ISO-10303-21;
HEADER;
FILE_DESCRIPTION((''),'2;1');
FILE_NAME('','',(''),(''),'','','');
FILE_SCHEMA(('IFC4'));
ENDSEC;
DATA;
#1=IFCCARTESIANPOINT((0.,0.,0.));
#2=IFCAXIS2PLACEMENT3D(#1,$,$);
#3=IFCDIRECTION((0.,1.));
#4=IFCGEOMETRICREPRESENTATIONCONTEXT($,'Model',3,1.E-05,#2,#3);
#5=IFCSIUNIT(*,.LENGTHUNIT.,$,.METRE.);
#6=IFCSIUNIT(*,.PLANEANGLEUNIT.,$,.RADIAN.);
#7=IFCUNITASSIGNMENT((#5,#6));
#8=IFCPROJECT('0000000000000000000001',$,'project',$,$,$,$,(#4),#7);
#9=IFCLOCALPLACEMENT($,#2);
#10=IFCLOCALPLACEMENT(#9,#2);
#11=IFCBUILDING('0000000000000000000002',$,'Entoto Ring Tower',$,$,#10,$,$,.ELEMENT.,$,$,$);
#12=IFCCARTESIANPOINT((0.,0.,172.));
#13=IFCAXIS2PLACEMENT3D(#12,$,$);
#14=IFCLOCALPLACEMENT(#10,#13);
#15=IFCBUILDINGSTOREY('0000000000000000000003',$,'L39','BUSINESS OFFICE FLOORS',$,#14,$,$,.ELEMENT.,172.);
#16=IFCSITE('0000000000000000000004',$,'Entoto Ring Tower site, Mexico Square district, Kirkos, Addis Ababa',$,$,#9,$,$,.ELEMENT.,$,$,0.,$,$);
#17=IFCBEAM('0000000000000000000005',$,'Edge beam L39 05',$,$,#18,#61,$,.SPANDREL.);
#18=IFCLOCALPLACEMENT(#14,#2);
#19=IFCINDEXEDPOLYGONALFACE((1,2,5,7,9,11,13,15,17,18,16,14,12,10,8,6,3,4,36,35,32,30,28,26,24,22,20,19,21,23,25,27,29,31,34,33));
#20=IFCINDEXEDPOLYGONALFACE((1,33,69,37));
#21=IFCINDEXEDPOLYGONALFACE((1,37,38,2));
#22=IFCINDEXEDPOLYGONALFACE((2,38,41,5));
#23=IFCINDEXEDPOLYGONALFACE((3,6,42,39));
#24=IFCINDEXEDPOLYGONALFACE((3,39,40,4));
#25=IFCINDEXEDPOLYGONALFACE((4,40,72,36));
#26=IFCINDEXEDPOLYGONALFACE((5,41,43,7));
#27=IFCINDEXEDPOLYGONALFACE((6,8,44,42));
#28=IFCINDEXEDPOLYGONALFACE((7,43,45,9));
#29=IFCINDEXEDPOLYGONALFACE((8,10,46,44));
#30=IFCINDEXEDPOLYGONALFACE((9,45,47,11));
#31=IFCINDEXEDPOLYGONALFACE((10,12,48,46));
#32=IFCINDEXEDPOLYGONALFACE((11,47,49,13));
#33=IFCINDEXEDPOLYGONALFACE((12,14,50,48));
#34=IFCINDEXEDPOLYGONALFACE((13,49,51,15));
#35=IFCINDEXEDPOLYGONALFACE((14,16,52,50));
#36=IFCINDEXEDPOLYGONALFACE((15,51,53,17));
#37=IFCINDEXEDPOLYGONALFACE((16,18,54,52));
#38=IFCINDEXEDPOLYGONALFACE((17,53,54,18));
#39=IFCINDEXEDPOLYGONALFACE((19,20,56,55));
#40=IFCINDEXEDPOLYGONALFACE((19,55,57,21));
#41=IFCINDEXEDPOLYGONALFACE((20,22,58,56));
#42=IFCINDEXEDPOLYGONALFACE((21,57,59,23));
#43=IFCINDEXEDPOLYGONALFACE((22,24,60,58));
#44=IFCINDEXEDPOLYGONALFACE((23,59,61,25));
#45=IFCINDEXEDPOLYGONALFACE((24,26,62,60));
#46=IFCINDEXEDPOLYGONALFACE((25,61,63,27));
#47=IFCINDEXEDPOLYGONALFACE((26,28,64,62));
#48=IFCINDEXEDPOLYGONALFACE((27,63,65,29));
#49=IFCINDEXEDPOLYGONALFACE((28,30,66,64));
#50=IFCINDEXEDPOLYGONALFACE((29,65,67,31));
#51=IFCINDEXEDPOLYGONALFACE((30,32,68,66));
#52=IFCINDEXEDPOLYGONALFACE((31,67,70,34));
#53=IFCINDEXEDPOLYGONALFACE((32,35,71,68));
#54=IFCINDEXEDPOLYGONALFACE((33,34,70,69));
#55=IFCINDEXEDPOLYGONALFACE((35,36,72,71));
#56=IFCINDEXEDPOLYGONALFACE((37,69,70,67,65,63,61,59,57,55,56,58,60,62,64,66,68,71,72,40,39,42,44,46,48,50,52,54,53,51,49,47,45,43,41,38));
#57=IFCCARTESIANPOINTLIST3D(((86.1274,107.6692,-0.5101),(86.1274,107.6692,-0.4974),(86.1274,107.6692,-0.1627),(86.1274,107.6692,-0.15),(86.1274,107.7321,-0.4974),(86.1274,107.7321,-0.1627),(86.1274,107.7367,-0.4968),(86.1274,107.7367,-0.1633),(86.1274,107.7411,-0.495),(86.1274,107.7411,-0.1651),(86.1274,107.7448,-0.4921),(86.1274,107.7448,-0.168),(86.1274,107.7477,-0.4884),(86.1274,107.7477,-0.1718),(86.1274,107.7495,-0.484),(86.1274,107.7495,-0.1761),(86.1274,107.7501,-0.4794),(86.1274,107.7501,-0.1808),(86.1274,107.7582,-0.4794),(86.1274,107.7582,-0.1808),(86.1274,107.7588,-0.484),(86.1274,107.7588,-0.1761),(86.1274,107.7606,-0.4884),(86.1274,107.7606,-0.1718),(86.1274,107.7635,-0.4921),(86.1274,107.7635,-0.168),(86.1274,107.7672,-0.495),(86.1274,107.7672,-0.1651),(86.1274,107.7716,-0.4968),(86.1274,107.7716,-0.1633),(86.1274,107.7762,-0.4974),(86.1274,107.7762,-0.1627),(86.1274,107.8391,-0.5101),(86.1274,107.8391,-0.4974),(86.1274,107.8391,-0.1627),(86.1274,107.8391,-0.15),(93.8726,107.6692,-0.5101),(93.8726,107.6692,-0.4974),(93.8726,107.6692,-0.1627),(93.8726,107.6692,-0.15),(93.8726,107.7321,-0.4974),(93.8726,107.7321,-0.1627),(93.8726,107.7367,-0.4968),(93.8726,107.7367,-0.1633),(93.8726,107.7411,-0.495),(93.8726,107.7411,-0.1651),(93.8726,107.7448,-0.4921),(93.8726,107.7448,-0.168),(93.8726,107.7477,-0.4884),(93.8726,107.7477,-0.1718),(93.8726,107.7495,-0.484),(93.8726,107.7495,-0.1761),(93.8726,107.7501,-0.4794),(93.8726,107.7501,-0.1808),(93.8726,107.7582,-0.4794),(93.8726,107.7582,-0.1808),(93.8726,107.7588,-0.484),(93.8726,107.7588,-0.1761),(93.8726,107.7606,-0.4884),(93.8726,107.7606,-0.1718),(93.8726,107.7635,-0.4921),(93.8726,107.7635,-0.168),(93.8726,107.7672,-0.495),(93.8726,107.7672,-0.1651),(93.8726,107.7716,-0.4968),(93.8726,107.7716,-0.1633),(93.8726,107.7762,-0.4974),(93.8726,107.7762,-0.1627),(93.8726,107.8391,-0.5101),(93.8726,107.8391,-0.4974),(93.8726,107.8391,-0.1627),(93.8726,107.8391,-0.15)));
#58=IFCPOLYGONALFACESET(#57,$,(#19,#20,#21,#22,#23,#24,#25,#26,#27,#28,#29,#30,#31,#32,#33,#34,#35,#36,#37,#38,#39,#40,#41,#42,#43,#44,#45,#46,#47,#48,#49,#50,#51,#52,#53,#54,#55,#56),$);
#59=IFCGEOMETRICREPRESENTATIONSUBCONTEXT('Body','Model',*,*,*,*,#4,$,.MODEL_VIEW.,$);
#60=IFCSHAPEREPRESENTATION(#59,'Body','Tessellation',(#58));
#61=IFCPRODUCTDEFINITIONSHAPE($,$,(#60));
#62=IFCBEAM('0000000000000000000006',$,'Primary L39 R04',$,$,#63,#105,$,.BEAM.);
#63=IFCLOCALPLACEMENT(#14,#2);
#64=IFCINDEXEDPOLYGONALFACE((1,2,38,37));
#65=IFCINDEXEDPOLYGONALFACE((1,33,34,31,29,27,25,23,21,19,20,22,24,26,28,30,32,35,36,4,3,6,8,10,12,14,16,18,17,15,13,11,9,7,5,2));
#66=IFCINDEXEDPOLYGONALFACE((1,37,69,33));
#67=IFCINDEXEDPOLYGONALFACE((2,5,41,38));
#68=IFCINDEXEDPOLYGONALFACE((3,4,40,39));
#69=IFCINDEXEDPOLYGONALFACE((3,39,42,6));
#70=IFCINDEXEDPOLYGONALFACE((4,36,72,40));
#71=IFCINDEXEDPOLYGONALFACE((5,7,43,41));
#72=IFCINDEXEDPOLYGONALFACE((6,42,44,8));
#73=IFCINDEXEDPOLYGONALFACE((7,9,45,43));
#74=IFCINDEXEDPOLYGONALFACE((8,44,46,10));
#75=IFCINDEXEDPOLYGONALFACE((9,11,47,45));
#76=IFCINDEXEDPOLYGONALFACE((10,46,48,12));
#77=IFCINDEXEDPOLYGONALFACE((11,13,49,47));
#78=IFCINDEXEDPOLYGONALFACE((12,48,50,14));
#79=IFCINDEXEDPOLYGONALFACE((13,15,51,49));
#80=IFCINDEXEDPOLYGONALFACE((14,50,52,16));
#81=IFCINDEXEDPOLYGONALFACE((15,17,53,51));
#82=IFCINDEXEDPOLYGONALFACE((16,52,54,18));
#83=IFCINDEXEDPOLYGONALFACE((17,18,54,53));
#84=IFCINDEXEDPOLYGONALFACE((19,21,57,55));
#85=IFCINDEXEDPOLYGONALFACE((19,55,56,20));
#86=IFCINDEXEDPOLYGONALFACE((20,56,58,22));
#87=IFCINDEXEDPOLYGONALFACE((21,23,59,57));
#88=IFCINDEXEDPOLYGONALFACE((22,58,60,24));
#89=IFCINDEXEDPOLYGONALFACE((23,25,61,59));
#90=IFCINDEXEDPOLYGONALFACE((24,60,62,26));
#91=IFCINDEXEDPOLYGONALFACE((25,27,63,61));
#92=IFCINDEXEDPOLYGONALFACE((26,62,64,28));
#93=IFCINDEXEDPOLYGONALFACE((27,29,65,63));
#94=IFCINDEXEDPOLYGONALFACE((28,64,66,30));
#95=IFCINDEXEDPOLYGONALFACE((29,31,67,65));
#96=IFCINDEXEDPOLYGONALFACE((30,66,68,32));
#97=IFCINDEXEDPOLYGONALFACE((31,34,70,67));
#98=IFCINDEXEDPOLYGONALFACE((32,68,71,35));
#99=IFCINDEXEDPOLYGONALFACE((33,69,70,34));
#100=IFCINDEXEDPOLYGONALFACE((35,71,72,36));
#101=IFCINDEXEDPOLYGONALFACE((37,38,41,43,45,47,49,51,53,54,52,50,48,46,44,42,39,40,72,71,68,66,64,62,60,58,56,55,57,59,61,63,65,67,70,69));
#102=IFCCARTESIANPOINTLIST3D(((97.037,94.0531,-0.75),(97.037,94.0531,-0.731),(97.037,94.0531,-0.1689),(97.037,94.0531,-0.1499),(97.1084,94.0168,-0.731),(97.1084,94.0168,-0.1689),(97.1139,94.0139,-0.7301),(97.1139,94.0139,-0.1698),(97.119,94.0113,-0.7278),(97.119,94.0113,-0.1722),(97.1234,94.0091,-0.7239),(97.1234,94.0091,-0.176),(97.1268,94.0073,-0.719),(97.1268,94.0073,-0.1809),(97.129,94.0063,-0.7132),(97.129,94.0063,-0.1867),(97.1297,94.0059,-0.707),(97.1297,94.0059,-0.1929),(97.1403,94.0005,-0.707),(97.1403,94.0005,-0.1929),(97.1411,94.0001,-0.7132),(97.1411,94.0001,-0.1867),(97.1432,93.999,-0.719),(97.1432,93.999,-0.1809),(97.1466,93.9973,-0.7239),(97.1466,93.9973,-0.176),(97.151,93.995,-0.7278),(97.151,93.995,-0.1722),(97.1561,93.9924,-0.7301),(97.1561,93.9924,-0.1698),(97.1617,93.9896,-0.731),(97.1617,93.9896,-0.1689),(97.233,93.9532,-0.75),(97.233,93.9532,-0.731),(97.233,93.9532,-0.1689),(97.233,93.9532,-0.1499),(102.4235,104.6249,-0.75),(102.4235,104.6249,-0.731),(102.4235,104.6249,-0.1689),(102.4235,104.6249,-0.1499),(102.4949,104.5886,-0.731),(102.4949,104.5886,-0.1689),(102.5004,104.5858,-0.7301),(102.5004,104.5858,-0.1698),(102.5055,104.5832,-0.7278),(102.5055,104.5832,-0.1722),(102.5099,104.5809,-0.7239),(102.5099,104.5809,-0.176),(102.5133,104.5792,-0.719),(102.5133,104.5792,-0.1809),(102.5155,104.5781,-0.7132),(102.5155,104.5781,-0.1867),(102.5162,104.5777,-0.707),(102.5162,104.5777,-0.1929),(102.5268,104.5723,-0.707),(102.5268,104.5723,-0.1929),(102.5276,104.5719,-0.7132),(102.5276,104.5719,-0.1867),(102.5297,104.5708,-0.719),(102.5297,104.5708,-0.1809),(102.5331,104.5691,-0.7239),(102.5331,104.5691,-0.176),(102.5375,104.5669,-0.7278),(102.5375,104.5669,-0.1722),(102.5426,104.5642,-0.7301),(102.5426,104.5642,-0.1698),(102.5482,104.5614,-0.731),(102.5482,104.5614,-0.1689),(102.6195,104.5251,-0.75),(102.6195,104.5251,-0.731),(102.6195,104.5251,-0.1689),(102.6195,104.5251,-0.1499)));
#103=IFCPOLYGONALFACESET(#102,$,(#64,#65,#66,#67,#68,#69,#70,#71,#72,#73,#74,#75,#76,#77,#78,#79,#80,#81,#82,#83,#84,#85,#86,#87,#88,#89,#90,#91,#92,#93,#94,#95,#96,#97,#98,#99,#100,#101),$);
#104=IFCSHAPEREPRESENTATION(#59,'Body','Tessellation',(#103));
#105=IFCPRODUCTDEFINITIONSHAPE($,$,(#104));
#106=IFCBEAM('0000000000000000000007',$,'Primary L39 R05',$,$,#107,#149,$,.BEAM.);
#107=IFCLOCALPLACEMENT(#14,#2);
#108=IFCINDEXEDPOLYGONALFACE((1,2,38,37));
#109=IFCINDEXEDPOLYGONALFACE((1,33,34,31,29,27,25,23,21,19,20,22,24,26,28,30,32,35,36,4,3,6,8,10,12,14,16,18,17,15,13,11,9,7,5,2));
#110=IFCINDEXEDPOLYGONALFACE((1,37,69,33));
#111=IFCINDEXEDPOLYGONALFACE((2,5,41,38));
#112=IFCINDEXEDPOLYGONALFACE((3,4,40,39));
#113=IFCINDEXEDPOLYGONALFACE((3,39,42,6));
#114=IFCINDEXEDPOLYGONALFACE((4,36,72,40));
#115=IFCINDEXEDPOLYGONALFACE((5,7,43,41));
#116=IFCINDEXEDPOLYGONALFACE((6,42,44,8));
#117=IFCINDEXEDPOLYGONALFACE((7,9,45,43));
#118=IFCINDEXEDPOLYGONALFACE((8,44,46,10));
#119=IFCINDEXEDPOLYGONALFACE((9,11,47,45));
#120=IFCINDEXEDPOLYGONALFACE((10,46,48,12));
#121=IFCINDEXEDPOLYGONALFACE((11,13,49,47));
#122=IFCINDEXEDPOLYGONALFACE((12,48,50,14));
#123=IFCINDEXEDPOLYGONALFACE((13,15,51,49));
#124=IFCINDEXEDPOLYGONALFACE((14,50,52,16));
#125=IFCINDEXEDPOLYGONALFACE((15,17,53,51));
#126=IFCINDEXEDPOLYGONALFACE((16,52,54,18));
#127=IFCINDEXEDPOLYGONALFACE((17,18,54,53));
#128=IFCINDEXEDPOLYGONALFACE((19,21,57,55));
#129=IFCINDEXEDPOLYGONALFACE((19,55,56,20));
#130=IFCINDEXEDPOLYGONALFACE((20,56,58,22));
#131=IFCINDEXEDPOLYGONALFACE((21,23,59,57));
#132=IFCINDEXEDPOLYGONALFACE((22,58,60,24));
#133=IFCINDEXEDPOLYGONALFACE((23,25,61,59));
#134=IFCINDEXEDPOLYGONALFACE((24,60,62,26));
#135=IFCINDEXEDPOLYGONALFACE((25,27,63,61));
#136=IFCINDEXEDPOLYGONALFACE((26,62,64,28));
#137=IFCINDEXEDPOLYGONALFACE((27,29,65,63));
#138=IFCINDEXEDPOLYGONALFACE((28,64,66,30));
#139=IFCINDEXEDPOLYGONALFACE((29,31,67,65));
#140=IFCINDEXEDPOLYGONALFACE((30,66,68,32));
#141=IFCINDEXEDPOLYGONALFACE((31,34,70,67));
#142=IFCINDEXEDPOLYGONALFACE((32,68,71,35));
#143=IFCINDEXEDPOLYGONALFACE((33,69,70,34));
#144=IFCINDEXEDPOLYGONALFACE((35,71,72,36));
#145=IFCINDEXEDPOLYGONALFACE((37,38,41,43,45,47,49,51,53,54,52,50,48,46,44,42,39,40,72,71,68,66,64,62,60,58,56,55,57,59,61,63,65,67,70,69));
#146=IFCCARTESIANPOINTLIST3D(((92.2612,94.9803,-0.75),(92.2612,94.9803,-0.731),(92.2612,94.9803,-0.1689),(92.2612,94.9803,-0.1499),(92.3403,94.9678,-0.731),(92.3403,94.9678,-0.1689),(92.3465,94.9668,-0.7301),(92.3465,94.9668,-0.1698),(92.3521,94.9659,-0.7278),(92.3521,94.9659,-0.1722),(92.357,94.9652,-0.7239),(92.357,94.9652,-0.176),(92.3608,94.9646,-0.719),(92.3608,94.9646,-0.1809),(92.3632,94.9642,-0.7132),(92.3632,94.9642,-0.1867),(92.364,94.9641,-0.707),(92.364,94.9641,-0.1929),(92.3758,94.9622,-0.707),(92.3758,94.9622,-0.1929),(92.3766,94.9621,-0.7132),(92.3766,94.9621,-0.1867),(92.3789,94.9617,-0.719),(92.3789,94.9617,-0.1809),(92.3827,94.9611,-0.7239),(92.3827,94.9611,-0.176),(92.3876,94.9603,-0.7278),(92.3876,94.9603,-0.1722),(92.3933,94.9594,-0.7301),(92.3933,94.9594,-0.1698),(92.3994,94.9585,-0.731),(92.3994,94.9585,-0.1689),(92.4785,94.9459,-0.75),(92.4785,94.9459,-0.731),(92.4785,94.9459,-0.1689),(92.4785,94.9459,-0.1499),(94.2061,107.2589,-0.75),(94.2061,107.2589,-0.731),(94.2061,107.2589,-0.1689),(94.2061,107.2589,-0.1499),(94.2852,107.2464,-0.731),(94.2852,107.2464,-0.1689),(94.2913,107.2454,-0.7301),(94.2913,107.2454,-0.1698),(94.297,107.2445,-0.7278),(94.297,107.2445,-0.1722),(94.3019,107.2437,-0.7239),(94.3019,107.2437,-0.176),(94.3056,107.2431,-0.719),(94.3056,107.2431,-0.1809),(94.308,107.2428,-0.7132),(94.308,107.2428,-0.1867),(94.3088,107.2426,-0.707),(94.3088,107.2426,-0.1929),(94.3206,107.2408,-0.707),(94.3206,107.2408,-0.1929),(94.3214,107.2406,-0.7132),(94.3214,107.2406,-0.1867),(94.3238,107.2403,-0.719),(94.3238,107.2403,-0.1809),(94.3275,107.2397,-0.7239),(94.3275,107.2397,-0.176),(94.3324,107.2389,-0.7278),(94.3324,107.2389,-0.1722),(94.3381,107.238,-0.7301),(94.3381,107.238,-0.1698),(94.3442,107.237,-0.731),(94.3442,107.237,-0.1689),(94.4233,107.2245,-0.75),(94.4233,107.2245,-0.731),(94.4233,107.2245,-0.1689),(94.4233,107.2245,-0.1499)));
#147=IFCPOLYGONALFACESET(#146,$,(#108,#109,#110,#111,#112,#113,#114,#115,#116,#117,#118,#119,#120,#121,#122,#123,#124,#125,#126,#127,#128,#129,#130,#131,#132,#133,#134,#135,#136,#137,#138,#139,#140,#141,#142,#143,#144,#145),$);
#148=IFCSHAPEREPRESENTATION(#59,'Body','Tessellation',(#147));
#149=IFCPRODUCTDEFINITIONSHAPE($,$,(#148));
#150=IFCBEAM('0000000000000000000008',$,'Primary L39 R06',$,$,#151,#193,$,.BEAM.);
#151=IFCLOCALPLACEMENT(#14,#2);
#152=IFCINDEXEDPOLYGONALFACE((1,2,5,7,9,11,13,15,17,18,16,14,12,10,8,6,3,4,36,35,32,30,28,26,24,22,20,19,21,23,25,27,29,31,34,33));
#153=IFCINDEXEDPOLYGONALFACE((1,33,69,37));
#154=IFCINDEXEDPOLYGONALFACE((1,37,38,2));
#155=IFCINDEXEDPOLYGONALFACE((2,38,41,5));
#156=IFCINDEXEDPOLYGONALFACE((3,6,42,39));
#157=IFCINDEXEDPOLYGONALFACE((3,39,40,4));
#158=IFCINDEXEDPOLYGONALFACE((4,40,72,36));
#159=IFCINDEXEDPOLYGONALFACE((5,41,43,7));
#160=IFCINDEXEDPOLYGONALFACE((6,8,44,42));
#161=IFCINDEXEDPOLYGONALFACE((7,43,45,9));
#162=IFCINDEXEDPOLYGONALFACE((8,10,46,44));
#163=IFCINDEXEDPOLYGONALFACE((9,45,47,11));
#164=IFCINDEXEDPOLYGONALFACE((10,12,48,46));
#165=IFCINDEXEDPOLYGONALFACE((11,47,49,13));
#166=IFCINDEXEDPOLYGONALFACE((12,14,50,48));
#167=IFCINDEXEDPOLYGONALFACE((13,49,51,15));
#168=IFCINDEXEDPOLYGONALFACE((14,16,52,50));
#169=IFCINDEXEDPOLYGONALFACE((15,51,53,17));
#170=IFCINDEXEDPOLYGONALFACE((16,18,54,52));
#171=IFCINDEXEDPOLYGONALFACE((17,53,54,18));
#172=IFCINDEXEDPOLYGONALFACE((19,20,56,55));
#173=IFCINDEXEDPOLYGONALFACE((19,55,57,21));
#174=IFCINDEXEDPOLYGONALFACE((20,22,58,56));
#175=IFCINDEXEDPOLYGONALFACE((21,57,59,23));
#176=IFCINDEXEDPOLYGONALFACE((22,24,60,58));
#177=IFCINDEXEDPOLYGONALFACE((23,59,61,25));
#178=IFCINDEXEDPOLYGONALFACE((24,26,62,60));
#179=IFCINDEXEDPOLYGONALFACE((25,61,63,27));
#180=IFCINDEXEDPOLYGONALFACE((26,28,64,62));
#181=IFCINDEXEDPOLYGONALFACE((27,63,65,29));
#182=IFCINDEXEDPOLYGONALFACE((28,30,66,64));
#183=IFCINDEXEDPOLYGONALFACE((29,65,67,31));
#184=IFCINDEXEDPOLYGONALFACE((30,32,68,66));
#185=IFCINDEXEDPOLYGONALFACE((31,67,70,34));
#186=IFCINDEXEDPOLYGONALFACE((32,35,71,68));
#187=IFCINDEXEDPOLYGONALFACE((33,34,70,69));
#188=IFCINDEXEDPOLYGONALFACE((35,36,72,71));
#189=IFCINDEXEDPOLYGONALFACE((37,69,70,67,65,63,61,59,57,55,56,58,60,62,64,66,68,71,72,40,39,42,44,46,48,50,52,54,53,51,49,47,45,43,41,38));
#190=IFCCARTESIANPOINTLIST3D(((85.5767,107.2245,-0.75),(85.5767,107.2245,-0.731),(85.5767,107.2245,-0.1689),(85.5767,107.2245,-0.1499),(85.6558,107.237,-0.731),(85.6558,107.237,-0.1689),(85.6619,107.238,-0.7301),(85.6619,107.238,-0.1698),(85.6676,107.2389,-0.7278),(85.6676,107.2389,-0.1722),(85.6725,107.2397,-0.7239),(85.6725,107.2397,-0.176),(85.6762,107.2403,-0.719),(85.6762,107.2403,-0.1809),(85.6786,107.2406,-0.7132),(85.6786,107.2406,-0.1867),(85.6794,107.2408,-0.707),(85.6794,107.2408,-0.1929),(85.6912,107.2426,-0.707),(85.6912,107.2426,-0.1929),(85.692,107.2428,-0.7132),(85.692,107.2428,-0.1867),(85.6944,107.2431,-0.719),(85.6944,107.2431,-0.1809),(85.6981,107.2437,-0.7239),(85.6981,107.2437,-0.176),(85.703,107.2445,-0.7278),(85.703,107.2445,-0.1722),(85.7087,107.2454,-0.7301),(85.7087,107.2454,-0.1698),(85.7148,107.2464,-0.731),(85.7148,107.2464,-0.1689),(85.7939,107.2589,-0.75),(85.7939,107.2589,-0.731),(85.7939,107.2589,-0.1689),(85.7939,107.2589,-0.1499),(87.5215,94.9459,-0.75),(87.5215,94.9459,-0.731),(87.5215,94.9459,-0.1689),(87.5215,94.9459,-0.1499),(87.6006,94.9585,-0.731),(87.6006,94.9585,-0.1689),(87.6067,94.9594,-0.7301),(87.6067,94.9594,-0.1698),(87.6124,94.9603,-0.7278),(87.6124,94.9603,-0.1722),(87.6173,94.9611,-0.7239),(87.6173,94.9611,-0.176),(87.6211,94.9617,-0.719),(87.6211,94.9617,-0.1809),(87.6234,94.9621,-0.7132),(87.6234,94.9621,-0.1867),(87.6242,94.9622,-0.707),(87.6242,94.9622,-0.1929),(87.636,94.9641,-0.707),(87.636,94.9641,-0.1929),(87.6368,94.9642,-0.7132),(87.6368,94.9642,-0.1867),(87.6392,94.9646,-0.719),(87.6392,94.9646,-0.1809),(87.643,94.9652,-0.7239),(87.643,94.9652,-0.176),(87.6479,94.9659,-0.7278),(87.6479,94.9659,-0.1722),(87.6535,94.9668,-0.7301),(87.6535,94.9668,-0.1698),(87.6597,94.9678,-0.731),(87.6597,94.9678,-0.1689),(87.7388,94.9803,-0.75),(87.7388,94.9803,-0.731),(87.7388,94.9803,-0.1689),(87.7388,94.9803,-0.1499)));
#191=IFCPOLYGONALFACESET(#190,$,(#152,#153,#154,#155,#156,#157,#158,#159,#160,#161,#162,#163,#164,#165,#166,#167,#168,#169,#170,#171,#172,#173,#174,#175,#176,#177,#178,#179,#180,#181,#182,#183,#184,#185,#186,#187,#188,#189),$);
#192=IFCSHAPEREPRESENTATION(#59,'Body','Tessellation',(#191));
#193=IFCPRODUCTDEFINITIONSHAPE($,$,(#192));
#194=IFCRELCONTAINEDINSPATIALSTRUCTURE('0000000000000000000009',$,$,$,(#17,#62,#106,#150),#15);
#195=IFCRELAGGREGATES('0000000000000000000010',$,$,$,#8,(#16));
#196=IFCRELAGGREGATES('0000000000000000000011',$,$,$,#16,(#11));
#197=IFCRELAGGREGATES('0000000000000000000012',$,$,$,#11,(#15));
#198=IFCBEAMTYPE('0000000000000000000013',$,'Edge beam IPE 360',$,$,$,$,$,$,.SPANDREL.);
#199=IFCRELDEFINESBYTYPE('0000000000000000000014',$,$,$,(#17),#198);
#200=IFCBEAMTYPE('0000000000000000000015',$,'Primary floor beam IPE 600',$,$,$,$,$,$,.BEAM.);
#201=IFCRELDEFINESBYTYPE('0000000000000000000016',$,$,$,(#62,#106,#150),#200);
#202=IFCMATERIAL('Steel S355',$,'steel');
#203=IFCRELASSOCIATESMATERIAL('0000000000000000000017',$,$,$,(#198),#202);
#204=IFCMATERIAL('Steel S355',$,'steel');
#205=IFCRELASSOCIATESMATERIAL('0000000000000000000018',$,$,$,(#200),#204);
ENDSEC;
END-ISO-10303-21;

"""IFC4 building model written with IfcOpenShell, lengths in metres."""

from ifc_helpers import new_model, si_unit, direction, frame, origin, origin_2d, place, context, subcontext, project, spatial, i_section, extrude, material, material_profile, profile_set, type_object, element, save


model = new_model("IFC4")

# Units and contexts
model_context = context("Model", 3, precision=1e-05, world=origin(), true_north=direction((0.0, 1.0)))
body_context = subcontext(model_context, "Body", "Model", "MODEL_VIEW")
ifc_project = project(units=[si_unit("LENGTHUNIT", "METRE"), si_unit("PLANEANGLEUNIT", "RADIAN")], contexts=[model_context])

# Site, building, storey
site_placement = place(None, origin())
site = spatial("IfcSite", under=ifc_project, at=site_placement, Name="Entoto Ring Tower site, Mexico Square district, Kirkos, Addis Ababa", CompositionType="ELEMENT", RefElevation=0.0)
building_placement = place(site_placement, origin())
building = spatial("IfcBuilding", under=site, at=building_placement, Name="Entoto Ring Tower", CompositionType="ELEMENT")
storey_placement = place(building_placement, frame((0.0, 0.0, 172.0)))
storey = spatial("IfcBuildingStorey", under=building, at=storey_placement, Name="L39", Description="BUSINESS OFFICE FLOORS", CompositionType="ELEMENT", Elevation=172.0)

# Beams
ifc_material_1 = material(Name="Steel S355", Category="steel")
ifc_material_profile_1 = material_profile(ifc_material_1, i_section(OverallWidth=0.1699, OverallDepth=0.3601, WebThickness=0.0081, FlangeThickness=0.0127, FilletRadius=0.0181, at=origin_2d()), Name="IPE 360")
ifc_profile_set_1 = profile_set([ifc_material_profile_1], Name="Steel S355")
beam_type_1 = type_object("IfcBeamType", Name="Edge beam IPE 360", PredefinedType="SPANDREL", material=ifc_profile_set_1)
beam_1_placement = place(storey_placement, frame((93.8726, 107.7542, -0.3301), z_axis=(-1.0, 0.0, 0.0), x_axis=(0.0, -1.0, 0.0)))
element("IfcBeam", 1, at=beam_1_placement, inside=storey, type_object=beam_type_1, Name="Edge beam L39 05", PredefinedType="SPANDREL", context=body_context, shape_type="SweptSolid", body=[
    extrude(i_section(OverallWidth=0.1699, OverallDepth=0.3601, WebThickness=0.0081, FlangeThickness=0.0127, FilletRadius=0.0181, at=origin_2d()), origin(), (0.0, 0.0, 1.0), 7.7451),
])
ifc_material_2 = material(Name="Steel S355", Category="steel")
ifc_material_profile_2 = material_profile(ifc_material_2, i_section(OverallWidth=0.22, OverallDepth=0.6001, WebThickness=0.012, FlangeThickness=0.019, FilletRadius=0.0239, at=origin_2d()), Name="IPE 600")
ifc_profile_set_2 = profile_set([ifc_material_profile_2], Name="Steel S355")
beam_type_2 = type_object("IfcBeamType", Name="Primary floor beam IPE 600", PredefinedType="BEAM", material=ifc_profile_set_2)
beam_2_placement = place(storey_placement, frame((97.135, 94.0032, -0.45), z_axis=(0.453983, 0.89101, 0.0), x_axis=(-0.89101, 0.453983, 0.0)))
element("IfcBeam", 2, at=beam_2_placement, inside=storey, type_object=beam_type_2, Name="Primary L39 R04", PredefinedType="BEAM", context=body_context, shape_type="SweptSolid", body=[
    extrude(i_section(OverallWidth=0.22, OverallDepth=0.6001, WebThickness=0.012, FlangeThickness=0.019, FilletRadius=0.0239, at=origin_2d()), origin(), (0.0, 0.0, 1.0), 11.865),
])
for number, where, z_axis, x_axis, name in (
    (3, (92.3699, 94.9631, -0.45), (0.156442, 0.987687, 0.0), (-0.987687, 0.156442, 0.0), "Primary L39 R05"),
    (4, (87.6301, 94.9631, -0.45), (-0.156442, 0.987687, 0.0), (-0.987687, -0.156442, 0.0), "Primary L39 R06"),
):
    element("IfcBeam", number, at=place(storey_placement, frame(where, z_axis=z_axis, x_axis=x_axis)), inside=storey, type_object=beam_type_2, Name=name, PredefinedType="BEAM", context=body_context, shape_type="SweptSolid", body=[
        extrude(i_section(OverallWidth=0.22, OverallDepth=0.6001, WebThickness=0.012, FlangeThickness=0.019, FilletRadius=0.0239, at=origin_2d()), origin(), (0.0, 0.0, 1.0), 12.4316),
    ])

save(model, "model.ifc")
